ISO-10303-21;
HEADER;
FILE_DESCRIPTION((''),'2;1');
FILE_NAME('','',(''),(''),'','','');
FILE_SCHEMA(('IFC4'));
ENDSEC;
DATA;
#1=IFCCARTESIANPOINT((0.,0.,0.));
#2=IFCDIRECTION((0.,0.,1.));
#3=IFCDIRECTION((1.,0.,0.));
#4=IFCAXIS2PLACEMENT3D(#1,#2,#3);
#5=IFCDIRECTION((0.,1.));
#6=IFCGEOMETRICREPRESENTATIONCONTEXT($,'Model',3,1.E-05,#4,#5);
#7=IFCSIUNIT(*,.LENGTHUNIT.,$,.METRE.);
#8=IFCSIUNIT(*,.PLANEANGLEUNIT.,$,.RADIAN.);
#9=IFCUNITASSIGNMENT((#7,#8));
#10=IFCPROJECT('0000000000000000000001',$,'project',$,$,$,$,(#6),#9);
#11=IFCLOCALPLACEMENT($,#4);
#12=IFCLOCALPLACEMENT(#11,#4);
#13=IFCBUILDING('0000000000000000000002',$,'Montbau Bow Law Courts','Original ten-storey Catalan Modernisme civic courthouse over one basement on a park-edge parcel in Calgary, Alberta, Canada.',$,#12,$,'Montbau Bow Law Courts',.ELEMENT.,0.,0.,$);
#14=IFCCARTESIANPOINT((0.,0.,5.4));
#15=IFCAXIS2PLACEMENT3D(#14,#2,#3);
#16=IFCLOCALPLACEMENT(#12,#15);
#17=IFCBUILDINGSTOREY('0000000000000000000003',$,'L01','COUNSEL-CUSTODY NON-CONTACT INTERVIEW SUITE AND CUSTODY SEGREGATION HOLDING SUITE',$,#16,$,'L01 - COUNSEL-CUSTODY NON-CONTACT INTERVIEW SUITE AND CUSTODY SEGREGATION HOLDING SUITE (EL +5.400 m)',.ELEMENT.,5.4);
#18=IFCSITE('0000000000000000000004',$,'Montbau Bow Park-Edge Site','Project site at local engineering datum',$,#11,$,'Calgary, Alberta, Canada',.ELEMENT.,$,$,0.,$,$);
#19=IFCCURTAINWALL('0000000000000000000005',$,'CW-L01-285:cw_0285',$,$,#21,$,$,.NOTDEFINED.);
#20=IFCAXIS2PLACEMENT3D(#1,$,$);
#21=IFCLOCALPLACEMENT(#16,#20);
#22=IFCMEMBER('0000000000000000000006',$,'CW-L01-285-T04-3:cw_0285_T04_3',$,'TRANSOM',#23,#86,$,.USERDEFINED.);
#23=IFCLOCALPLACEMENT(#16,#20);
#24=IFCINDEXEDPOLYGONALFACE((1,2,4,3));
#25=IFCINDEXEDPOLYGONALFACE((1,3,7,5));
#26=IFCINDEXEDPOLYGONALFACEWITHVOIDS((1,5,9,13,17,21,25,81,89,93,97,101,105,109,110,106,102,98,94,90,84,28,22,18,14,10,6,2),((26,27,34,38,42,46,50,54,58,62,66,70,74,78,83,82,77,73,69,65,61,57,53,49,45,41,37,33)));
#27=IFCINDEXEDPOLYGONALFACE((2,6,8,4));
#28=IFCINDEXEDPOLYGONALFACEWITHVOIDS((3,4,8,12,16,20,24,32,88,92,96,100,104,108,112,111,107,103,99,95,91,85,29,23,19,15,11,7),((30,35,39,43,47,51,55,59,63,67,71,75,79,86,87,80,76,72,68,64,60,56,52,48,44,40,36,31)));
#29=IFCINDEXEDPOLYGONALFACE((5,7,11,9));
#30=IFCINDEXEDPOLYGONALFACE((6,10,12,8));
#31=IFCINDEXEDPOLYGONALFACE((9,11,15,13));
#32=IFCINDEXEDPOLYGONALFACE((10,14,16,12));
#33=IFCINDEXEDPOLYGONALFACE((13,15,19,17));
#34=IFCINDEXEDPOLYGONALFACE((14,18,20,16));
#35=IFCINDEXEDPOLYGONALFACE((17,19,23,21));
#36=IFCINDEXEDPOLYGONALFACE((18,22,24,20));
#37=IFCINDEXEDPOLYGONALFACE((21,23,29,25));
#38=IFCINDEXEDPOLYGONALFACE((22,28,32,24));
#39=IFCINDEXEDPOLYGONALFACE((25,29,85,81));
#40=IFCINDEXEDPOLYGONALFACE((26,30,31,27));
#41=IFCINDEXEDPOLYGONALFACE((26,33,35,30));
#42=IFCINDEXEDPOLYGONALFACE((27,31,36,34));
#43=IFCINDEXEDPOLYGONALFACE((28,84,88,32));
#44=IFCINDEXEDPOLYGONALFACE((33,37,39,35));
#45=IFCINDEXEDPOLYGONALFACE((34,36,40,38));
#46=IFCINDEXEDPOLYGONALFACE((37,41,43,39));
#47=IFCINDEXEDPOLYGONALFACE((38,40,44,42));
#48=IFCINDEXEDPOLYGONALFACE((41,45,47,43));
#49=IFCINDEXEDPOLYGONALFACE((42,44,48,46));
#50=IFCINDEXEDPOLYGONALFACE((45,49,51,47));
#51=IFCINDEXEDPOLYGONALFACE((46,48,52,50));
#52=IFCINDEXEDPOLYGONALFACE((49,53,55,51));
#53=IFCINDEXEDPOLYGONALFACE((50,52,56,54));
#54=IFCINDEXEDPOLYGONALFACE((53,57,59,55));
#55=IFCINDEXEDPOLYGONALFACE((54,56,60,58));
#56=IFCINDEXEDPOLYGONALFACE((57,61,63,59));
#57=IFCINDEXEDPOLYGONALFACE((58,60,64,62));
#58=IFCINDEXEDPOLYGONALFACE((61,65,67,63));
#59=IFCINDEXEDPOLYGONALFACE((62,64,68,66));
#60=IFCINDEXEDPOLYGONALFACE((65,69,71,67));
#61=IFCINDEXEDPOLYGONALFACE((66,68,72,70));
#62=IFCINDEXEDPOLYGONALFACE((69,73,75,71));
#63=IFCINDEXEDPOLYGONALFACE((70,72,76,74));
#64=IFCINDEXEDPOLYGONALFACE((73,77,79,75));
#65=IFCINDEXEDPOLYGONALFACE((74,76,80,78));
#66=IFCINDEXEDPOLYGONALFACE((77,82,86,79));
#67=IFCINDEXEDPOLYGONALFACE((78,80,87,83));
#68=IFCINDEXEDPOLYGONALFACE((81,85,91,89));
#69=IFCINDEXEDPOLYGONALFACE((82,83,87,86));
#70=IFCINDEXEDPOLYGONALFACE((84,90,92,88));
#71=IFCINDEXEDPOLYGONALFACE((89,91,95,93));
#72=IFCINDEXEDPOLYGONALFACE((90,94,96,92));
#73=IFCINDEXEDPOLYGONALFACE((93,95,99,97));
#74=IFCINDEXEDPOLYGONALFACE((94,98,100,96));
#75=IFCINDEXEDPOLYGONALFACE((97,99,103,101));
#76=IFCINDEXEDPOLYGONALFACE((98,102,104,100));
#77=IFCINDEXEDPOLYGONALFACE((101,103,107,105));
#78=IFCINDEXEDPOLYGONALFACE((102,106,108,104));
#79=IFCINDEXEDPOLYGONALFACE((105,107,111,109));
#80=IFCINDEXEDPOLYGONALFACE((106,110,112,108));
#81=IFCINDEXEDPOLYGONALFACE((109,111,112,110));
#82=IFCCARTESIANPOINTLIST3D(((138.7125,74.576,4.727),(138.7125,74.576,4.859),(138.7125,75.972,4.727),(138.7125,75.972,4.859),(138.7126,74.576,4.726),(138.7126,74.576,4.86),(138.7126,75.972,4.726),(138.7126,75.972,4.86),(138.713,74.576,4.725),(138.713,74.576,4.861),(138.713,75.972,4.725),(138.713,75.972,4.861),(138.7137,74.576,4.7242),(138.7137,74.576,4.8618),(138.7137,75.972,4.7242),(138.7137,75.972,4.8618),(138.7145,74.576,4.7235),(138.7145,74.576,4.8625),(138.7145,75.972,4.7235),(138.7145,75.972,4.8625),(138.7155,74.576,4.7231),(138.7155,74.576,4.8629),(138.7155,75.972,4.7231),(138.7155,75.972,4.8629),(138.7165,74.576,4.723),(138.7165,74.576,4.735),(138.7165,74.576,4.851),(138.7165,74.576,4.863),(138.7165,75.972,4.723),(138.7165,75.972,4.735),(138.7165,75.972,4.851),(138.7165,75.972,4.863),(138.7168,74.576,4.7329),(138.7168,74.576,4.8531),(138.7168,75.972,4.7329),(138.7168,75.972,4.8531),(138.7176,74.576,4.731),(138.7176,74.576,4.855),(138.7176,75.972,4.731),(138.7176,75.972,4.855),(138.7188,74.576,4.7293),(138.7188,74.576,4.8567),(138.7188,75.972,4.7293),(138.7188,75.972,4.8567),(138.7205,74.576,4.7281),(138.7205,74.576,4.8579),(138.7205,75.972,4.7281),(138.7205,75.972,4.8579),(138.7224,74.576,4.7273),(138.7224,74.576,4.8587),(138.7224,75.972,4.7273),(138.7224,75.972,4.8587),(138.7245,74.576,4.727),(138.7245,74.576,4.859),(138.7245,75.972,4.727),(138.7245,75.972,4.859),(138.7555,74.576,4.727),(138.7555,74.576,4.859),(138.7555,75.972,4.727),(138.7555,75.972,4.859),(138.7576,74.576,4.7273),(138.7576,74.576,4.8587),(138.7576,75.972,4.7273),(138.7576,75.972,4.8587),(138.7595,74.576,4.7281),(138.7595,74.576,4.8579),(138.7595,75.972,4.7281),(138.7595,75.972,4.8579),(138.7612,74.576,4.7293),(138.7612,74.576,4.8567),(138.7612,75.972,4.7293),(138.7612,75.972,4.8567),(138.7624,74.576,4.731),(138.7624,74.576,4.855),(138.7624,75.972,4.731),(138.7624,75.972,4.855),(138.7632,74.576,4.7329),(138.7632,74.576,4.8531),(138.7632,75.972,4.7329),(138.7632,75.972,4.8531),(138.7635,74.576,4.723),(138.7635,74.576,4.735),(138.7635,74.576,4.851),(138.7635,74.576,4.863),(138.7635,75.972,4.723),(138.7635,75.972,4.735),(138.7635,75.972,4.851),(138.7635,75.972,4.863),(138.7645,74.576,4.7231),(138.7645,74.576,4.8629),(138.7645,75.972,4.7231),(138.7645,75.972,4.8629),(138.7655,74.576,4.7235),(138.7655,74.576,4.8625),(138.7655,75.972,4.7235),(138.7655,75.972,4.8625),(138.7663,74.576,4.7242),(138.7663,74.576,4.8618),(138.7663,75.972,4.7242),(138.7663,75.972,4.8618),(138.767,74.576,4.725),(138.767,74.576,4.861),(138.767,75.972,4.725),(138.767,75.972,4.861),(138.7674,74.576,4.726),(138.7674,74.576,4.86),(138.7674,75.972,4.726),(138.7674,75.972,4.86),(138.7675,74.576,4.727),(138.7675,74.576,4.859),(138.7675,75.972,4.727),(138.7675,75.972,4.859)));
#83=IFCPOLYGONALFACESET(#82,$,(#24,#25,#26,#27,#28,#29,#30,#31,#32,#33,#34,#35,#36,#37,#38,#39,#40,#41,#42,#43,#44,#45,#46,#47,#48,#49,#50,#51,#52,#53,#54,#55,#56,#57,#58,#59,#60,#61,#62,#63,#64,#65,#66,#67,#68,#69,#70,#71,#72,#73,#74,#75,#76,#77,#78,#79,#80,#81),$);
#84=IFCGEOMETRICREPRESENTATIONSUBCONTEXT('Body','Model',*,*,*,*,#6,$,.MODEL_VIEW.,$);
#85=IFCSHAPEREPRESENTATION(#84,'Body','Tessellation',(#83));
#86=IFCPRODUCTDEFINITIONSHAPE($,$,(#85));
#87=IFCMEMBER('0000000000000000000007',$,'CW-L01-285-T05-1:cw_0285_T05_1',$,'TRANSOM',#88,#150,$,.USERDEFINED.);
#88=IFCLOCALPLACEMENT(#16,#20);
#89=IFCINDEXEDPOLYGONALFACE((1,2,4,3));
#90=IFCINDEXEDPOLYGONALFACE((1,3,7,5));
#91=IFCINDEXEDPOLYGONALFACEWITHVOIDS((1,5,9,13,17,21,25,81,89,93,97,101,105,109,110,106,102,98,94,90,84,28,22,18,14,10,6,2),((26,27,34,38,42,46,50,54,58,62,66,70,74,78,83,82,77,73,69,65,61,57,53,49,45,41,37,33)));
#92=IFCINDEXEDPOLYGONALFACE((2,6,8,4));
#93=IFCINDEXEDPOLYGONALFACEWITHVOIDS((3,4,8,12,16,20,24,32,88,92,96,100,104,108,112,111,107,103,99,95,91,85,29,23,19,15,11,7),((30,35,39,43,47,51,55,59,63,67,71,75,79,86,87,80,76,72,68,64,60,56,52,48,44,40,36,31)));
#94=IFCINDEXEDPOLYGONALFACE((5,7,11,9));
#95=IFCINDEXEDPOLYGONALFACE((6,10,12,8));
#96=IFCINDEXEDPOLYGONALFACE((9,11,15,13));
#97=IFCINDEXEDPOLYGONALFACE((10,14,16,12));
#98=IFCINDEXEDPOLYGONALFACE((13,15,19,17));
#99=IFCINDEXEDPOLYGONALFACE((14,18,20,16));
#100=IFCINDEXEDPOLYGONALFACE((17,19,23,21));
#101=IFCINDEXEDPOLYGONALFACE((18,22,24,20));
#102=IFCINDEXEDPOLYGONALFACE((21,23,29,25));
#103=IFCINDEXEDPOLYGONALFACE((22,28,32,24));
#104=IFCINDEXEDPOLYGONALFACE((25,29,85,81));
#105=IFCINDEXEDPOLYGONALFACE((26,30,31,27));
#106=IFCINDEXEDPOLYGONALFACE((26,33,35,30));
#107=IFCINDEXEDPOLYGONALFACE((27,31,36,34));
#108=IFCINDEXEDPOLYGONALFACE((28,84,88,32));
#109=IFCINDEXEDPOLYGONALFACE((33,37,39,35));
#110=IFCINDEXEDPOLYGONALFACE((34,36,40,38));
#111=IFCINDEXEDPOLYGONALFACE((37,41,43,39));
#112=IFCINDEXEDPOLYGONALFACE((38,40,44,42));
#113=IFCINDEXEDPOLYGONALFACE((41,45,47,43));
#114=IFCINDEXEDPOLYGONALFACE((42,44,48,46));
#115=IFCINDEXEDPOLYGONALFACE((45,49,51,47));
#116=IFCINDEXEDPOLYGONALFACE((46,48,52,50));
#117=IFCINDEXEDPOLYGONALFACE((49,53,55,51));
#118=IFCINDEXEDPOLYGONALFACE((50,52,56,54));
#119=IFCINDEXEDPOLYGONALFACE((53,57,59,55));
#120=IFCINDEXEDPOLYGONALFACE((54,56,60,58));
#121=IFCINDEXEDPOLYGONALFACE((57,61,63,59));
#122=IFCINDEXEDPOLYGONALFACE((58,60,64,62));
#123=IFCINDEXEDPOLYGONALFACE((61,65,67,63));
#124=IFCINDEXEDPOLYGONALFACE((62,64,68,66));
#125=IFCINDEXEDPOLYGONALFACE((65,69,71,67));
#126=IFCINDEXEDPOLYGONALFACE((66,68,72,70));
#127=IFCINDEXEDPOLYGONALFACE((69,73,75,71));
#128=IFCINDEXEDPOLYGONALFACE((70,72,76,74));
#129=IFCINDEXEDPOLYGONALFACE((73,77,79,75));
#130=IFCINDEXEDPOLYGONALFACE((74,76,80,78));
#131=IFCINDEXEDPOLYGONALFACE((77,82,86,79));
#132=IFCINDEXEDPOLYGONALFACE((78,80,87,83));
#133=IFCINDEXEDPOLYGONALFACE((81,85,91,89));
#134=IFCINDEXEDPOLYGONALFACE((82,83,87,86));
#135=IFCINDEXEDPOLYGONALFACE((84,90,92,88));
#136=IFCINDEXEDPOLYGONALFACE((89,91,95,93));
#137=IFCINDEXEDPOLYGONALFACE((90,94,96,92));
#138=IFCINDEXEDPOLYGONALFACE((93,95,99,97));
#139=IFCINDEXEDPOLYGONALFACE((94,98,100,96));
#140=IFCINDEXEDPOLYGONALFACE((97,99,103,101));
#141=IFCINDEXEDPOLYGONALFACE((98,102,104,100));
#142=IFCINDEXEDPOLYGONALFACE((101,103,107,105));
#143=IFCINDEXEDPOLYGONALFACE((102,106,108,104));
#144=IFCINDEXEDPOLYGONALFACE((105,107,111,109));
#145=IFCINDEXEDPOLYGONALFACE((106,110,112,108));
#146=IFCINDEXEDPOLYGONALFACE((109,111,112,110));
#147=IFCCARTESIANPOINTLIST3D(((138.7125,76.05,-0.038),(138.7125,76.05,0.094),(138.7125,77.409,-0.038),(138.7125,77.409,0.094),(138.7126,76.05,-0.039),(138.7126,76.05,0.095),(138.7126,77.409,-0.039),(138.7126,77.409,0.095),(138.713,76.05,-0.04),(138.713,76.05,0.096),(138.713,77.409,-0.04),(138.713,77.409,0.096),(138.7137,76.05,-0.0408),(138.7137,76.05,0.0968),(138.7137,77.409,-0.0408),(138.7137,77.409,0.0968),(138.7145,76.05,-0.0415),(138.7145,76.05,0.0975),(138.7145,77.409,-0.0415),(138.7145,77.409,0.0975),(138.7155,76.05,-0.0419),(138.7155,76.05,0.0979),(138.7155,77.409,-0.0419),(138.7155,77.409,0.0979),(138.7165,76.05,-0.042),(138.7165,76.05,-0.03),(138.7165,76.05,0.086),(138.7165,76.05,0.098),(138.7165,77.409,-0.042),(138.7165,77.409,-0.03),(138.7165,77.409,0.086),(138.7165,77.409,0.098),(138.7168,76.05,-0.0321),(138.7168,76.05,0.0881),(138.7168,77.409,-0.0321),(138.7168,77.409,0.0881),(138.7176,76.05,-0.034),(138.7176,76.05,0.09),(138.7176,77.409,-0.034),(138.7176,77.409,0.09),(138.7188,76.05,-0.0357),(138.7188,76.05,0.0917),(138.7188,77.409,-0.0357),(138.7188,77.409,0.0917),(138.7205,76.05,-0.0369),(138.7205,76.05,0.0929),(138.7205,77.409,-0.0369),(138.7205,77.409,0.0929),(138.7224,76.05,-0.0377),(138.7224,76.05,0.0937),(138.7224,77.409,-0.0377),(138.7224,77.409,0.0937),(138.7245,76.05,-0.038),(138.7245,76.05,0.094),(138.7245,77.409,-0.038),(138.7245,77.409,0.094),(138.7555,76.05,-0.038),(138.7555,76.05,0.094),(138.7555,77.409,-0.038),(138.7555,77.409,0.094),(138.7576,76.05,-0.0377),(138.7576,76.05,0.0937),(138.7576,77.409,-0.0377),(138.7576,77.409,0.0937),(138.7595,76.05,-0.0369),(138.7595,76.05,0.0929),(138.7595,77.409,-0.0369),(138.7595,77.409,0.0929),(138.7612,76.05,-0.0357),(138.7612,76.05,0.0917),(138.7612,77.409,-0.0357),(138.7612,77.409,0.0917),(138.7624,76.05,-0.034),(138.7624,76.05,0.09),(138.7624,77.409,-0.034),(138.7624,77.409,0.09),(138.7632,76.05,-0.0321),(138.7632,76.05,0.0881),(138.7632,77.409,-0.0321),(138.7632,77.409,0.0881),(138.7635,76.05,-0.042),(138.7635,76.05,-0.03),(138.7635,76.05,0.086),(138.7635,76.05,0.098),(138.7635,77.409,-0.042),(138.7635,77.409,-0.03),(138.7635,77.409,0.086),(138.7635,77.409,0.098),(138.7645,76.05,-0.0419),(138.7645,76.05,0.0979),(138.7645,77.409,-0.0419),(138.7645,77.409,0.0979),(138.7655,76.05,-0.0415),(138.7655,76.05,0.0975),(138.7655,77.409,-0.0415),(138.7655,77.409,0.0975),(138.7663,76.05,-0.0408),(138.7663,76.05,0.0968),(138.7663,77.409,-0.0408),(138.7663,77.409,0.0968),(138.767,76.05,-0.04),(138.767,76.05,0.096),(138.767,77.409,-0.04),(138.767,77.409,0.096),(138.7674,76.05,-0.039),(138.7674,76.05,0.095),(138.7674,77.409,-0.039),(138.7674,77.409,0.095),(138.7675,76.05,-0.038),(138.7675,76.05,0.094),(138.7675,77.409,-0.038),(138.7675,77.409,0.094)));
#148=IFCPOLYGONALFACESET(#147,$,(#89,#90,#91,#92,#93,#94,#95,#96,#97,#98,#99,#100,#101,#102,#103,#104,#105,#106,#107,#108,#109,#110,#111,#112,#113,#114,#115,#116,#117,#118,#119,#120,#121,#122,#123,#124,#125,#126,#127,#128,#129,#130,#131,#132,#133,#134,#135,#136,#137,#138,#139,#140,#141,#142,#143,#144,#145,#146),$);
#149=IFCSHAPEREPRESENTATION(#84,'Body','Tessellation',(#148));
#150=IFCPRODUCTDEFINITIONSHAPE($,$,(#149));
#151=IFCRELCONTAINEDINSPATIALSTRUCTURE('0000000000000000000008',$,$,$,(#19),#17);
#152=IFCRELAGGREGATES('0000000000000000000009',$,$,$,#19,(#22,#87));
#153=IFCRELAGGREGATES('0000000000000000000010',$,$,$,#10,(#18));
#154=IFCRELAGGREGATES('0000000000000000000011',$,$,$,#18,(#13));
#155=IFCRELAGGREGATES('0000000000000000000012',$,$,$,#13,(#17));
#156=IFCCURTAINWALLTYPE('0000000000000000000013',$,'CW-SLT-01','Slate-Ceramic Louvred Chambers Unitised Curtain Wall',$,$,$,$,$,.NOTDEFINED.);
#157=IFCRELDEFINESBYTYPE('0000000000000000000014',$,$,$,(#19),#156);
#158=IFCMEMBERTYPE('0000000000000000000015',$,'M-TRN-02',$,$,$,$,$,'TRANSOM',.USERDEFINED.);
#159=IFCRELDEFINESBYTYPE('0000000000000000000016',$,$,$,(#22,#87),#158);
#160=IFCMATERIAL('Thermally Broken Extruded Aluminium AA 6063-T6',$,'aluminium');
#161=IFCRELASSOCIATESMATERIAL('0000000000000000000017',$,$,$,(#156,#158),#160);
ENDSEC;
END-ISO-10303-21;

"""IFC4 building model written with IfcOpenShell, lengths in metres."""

from ifc_helpers import new_model, si_unit, direction, frame, origin_with_axes, origin_2d_with_axis, place, context, subcontext, project, spatial, hollow_rectangle, extrude, material, material_profile, profile_set, type_object, element, aggregate, save


model = new_model("IFC4")

# Units and contexts
model_context = context("Model", 3, precision=1e-05, world=origin_with_axes(), true_north=direction((0.0, 1.0)))
body_context = subcontext(model_context, "Body", "Model", "MODEL_VIEW")
ifc_project = project(units=[si_unit("LENGTHUNIT", "METRE"), si_unit("PLANEANGLEUNIT", "RADIAN")], contexts=[model_context])

# Site, building, storey
site_placement = place(None, origin_with_axes())
site = spatial("IfcSite", under=ifc_project, at=site_placement, Name="Montbau Bow Park-Edge Site", Description="Project site at local engineering datum", LongName="Calgary, Alberta, Canada", CompositionType="ELEMENT", RefElevation=0.0)
building_placement = place(site_placement, origin_with_axes())
building = spatial("IfcBuilding", under=site, at=building_placement, Name="Montbau Bow Law Courts", Description="Original ten-storey Catalan Modernisme civic courthouse over one basement on a park-edge parcel in Calgary, Alberta, Canada.", LongName="Montbau Bow Law Courts", CompositionType="ELEMENT", ElevationOfRefHeight=0.0, ElevationOfTerrain=0.0)
storey_placement = place(building_placement, frame((0.0, 0.0, 5.4), z_axis=(0.0, 0.0, 1.0), x_axis=(1.0, 0.0, 0.0)))
storey = spatial("IfcBuildingStorey", under=building, at=storey_placement, Name="L01", Description="COUNSEL-CUSTODY NON-CONTACT INTERVIEW SUITE AND CUSTODY SEGREGATION HOLDING SUITE", LongName="L01 - COUNSEL-CUSTODY NON-CONTACT INTERVIEW SUITE AND CUSTODY SEGREGATION HOLDING SUITE (EL +5.400 m)", CompositionType="ELEMENT", Elevation=5.4)

# Curtain wall
ifc_material_1 = material(Name="Thermally Broken Extruded Aluminium AA 6063-T6", Category="aluminium")
curtain_wall_type = type_object("IfcCurtainWallType", Name="CW-SLT-01", Description="Slate-Ceramic Louvred Chambers Unitised Curtain Wall", PredefinedType="NOTDEFINED", material=ifc_material_1)
curtain_wall_1_placement = place(None, frame((138.74, 70.115, 5.4), z_axis=(0.0, 0.0, 1.0), x_axis=(1.0, 0.0, 0.0)))
curtain_wall_1 = element("IfcCurtainWall", 1, at=curtain_wall_1_placement, inside=storey, type_object=curtain_wall_type, Name="CW-L01-285:cw_0285", PredefinedType="NOTDEFINED")

# Members
ifc_material_profile_1 = material_profile(ifc_material_1, hollow_rectangle(XDim=0.055, YDim=0.14, WallThickness=0.004, InnerFilletRadius=0.008, OuterFilletRadius=0.004, at=origin_2d_with_axis()), Name="CWT-140X55", Category="Main", Priority=0)
ifc_profile_set_1 = profile_set([ifc_material_profile_1], Name="Thermally Broken Extruded Aluminium AA 6063-T6")
member_type_1 = type_object("IfcMemberType", Name="M-TRN-02", ElementType="TRANSOM", PredefinedType="USERDEFINED", material=ifc_profile_set_1)
member_1_placement = place(None, frame((138.74, 74.576, 10.193), z_axis=(0.0, 1.0, 0.0), x_axis=(-1.0, 0.0, 0.0)))
member_1 = element("IfcMember", 2, at=member_1_placement, type_object=member_type_1, Name="CW-L01-285-T04-3:cw_0285_T04_3", ObjectType="TRANSOM", PredefinedType="USERDEFINED", context=body_context, shape_type="SweptSolid", body=[
    extrude(hollow_rectangle(XDim=0.055, YDim=0.14, WallThickness=0.004, InnerFilletRadius=0.008, OuterFilletRadius=0.004, at=origin_2d_with_axis()), origin_with_axes(), (0.0, 0.0, 1.0), 1.396),
])
member_2_placement = place(None, frame((138.74, 76.05, 5.428), z_axis=(0.0, 1.0, 0.0), x_axis=(-1.0, 0.0, 0.0)))
member_2 = element("IfcMember", 3, at=member_2_placement, type_object=member_type_1, Name="CW-L01-285-T05-1:cw_0285_T05_1", ObjectType="TRANSOM", PredefinedType="USERDEFINED", context=body_context, shape_type="SweptSolid", body=[
    extrude(hollow_rectangle(XDim=0.055, YDim=0.14, WallThickness=0.004, InnerFilletRadius=0.008, OuterFilletRadius=0.004, at=origin_2d_with_axis()), origin_with_axes(), (0.0, 0.0, 1.0), 1.359),
])

aggregate(curtain_wall_1, [member_1, member_2])

save(model, "model.ifc")
